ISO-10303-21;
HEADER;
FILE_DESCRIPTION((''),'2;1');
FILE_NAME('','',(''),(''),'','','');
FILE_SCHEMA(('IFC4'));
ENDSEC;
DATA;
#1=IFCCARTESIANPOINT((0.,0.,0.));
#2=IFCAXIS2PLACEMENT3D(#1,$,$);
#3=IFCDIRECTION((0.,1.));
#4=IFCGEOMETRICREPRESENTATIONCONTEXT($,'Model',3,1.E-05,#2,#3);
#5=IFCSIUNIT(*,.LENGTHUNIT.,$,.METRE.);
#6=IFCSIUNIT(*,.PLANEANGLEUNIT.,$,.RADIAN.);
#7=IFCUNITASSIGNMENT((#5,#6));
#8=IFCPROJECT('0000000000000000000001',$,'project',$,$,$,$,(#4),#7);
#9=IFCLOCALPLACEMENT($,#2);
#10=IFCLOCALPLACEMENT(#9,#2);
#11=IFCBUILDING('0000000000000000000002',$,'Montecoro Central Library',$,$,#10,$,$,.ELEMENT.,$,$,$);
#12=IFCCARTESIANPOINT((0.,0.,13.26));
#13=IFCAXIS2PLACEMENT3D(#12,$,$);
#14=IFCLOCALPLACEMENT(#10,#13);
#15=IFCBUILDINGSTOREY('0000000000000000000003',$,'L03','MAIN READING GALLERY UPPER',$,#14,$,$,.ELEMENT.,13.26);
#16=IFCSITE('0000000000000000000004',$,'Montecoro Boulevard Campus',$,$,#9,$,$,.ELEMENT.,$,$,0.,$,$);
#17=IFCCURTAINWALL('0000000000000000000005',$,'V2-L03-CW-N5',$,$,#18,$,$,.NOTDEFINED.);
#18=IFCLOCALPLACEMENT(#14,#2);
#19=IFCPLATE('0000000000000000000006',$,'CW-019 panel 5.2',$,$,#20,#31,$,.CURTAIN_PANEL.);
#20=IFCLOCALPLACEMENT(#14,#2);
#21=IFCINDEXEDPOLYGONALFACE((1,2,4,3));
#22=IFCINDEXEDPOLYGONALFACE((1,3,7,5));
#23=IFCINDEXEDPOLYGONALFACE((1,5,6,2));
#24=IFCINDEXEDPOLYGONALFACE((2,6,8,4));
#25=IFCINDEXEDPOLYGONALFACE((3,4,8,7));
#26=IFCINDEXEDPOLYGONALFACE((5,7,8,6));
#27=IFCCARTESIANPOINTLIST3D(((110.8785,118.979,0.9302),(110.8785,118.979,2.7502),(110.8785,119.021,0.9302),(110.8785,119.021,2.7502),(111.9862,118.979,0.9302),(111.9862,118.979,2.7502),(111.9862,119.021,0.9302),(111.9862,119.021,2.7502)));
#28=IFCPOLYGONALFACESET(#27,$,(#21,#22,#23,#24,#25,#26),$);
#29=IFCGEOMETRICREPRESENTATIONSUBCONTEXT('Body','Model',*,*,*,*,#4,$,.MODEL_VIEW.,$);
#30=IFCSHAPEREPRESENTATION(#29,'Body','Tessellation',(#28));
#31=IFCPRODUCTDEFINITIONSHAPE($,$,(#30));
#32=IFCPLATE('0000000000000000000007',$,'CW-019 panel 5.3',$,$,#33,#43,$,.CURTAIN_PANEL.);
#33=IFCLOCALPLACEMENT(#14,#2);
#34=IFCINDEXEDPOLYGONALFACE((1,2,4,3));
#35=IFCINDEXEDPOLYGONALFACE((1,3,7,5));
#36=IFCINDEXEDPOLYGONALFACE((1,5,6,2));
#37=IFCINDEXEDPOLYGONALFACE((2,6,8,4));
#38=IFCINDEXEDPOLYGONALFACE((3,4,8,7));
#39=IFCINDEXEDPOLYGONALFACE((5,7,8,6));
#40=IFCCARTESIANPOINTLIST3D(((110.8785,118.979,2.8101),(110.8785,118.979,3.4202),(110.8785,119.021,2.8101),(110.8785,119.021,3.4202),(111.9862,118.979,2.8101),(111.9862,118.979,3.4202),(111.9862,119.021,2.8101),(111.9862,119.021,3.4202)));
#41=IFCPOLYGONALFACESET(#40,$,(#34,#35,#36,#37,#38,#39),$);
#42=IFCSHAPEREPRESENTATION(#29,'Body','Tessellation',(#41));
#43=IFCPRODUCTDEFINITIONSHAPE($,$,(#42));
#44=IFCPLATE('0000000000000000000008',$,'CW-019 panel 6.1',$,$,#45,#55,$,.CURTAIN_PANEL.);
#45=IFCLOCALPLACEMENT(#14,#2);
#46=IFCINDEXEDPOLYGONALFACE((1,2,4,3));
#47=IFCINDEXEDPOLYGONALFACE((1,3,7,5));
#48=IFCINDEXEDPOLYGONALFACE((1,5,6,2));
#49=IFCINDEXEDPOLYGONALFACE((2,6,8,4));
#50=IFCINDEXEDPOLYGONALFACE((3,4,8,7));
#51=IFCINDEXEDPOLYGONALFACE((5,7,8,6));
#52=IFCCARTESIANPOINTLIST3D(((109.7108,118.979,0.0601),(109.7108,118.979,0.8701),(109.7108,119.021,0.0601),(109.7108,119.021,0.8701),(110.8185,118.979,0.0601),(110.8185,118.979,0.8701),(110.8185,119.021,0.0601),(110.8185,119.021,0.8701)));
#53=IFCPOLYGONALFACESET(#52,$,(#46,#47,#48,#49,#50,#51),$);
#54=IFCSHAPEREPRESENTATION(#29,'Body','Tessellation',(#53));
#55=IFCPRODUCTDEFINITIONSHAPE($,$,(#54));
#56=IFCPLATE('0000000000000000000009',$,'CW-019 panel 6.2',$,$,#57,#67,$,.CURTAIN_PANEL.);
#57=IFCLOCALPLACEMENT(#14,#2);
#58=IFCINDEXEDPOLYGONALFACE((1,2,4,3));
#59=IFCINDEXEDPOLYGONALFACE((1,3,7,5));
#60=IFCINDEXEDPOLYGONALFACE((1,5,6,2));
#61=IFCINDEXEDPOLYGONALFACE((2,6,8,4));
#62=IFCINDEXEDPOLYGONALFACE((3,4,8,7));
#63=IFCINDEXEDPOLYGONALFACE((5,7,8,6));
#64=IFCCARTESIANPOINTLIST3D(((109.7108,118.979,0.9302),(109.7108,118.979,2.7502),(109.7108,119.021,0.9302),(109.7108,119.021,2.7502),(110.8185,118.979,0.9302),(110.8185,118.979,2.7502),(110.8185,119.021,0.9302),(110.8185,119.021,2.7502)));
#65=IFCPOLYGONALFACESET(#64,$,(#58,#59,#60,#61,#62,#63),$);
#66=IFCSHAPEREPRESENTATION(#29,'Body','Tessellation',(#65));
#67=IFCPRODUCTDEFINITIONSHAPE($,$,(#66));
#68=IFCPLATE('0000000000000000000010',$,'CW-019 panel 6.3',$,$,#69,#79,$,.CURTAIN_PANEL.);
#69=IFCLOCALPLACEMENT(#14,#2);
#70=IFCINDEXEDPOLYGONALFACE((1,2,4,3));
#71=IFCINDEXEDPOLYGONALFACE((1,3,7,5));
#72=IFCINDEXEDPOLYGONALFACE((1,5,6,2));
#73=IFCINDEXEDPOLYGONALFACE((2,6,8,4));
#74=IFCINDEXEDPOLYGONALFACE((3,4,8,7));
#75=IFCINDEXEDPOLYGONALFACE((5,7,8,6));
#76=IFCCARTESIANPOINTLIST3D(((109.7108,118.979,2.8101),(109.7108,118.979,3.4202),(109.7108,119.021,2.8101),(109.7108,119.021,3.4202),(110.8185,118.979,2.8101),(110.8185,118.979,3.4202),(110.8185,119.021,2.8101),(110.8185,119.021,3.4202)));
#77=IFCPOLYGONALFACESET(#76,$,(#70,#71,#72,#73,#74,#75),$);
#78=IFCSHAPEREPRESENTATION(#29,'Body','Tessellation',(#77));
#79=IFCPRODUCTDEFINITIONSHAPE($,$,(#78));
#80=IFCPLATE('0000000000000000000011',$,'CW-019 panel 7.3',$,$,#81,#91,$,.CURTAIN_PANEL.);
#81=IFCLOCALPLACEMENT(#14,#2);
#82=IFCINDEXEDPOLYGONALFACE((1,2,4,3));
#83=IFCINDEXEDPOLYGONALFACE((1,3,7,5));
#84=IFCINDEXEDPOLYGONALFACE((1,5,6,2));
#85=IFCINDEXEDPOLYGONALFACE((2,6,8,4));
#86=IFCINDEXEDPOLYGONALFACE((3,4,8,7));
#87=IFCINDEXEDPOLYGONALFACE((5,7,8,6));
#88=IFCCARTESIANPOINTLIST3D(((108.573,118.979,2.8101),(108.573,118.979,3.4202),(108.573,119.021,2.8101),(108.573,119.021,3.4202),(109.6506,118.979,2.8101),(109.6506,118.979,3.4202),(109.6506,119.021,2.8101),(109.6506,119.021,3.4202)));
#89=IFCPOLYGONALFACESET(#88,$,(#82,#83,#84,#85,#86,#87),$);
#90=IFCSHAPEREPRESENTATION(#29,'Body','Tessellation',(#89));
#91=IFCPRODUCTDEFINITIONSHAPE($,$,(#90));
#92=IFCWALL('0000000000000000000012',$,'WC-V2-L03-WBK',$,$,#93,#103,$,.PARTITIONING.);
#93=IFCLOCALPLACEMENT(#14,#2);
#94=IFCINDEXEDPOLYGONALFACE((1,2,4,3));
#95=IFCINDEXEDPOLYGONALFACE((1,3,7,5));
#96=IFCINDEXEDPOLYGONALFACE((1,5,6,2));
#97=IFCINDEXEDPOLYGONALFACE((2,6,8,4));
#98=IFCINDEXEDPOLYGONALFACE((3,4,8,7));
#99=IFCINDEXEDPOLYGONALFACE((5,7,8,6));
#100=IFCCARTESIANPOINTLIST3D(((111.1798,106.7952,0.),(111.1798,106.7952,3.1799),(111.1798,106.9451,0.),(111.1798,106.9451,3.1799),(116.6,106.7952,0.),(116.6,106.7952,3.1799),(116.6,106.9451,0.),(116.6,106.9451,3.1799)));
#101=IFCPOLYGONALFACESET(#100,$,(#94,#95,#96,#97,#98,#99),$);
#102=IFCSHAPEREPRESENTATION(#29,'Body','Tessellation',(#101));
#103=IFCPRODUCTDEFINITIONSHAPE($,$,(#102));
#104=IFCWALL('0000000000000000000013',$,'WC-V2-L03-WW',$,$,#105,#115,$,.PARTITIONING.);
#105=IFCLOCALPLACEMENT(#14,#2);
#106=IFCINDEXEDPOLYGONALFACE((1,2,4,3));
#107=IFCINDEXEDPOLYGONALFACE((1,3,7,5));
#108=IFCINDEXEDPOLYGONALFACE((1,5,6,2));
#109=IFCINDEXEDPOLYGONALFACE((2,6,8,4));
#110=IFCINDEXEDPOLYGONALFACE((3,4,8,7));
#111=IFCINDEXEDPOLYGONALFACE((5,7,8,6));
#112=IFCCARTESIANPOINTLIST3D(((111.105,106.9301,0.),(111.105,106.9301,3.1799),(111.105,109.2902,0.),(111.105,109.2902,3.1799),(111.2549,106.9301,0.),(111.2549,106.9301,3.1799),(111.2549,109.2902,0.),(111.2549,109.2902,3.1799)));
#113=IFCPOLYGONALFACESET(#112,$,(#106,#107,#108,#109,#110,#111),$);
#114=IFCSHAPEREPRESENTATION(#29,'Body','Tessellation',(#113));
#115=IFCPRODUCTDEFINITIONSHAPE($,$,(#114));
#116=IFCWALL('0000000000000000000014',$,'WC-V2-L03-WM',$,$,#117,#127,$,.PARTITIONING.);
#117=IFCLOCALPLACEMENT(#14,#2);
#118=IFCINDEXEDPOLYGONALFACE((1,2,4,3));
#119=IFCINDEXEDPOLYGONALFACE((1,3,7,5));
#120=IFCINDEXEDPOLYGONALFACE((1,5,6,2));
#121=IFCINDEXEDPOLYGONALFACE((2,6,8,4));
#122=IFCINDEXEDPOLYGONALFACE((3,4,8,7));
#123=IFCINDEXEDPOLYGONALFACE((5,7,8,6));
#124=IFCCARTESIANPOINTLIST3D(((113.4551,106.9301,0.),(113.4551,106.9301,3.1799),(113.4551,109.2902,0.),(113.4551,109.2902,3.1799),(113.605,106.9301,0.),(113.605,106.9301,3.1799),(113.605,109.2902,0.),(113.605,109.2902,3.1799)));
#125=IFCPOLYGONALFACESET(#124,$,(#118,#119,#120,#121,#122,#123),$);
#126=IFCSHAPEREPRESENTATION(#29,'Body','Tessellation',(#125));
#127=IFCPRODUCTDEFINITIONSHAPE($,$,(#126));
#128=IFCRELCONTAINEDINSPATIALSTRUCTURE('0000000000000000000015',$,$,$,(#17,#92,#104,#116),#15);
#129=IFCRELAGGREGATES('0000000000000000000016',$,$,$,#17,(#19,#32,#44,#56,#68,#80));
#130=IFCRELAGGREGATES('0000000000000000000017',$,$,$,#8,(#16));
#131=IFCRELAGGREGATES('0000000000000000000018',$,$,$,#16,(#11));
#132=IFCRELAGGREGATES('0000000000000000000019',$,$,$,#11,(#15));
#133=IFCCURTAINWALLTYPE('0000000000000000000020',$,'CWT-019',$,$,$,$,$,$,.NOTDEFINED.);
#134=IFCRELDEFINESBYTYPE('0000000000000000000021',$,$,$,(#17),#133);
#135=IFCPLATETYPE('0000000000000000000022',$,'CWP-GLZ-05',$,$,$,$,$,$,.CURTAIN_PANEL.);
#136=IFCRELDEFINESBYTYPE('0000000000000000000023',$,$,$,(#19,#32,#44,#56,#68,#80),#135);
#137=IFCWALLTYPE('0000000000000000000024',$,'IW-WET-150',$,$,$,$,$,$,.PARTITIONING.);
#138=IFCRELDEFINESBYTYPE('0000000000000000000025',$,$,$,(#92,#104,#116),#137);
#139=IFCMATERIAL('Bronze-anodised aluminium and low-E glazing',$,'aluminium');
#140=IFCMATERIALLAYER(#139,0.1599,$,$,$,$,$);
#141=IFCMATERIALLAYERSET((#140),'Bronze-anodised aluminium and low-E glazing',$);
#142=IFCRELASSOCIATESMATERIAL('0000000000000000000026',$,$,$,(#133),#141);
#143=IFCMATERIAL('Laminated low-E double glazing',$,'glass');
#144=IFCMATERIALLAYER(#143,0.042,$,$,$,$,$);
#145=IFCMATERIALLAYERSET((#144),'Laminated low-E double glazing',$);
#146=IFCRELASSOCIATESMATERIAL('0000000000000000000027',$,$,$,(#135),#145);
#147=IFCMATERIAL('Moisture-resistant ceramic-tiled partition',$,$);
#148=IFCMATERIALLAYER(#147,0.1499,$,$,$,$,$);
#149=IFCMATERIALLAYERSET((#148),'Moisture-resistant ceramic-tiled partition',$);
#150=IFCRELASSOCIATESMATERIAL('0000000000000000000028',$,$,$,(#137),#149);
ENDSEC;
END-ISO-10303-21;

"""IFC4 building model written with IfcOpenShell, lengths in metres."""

from ifc_helpers import new_model, si_unit, direction, frame, frame_2d, origin, origin_2d, place, context, subcontext, project, spatial, rectangle, extrude, material, layer, layer_set, type_object, element, aggregate, save


model = new_model("IFC4")

# Units and contexts
model_context = context("Model", 3, precision=1e-05, world=origin(), true_north=direction((0.0, 1.0)))
body_context = subcontext(model_context, "Body", "Model", "MODEL_VIEW")
ifc_project = project(units=[si_unit("LENGTHUNIT", "METRE"), si_unit("PLANEANGLEUNIT", "RADIAN")], contexts=[model_context])

# Site, building, storey
site_placement = place(None, origin())
site = spatial("IfcSite", under=ifc_project, at=site_placement, Name="Montecoro Boulevard Campus", CompositionType="ELEMENT", RefElevation=0.0)
building_placement = place(site_placement, origin())
building = spatial("IfcBuilding", under=site, at=building_placement, Name="Montecoro Central Library", CompositionType="ELEMENT")
storey_placement = place(building_placement, frame((0.0, 0.0, 13.26)))
storey = spatial("IfcBuildingStorey", under=building, at=storey_placement, Name="L03", Description="MAIN READING GALLERY UPPER", CompositionType="ELEMENT", Elevation=13.26)

# Curtain wall, plates
ifc_material_1 = material(Name="Bronze-anodised aluminium and low-E glazing", Category="aluminium")
ifc_layer_1 = layer(ifc_material_1, 0.1599)
ifc_layer_set_1 = layer_set([ifc_layer_1], Name="Bronze-anodised aluminium and low-E glazing")
curtain_wall_type = type_object("IfcCurtainWallType", Name="CWT-019", PredefinedType="NOTDEFINED", material=ifc_layer_set_1)
curtain_wall_placement = place(storey_placement, origin())
curtain_wall = element("IfcCurtainWall", 1, at=curtain_wall_placement, inside=storey, type_object=curtain_wall_type, Name="V2-L03-CW-N5", PredefinedType="NOTDEFINED")
ifc_material_2 = material(Name="Laminated low-E double glazing", Category="glass")
ifc_layer_2 = layer(ifc_material_2, 0.042)
ifc_layer_set_2 = layer_set([ifc_layer_2], Name="Laminated low-E double glazing")
plate_type = type_object("IfcPlateType", Name="CWP-GLZ-05", PredefinedType="CURTAIN_PANEL", material=ifc_layer_set_2)
plate_1_placement = place(storey_placement, frame((111.4324, 119.0, 0.9302), z_axis=(0.0, 0.0, 1.0), x_axis=(-1.0, 0.0, 0.0)))
plate_1 = element("IfcPlate", 2, at=plate_1_placement, type_object=plate_type, Name="CW-019 panel 5.2", PredefinedType="CURTAIN_PANEL", context=body_context, shape_type="SweptSolid", body=[
    extrude(rectangle(XDim=1.1077, YDim=0.042, at=origin_2d()), origin(), (0.0, 0.0, 1.0), 1.8201),
])
plate_2_placement = place(storey_placement, frame((111.4324, 119.0, 2.8101), z_axis=(0.0, 0.0, 1.0), x_axis=(-1.0, 0.0, 0.0)))
plate_2 = element("IfcPlate", 3, at=plate_2_placement, type_object=plate_type, Name="CW-019 panel 5.3", PredefinedType="CURTAIN_PANEL", context=body_context, shape_type="SweptSolid", body=[
    extrude(rectangle(XDim=1.1077, YDim=0.042, at=origin_2d()), origin(), (0.0, 0.0, 1.0), 0.6101),
])
plate_3_placement = place(storey_placement, frame((110.2646, 119.0, 0.0601), z_axis=(0.0, 0.0, 1.0), x_axis=(-1.0, 0.0, 0.0)))
plate_3 = element("IfcPlate", 4, at=plate_3_placement, type_object=plate_type, Name="CW-019 panel 6.1", PredefinedType="CURTAIN_PANEL", context=body_context, shape_type="SweptSolid", body=[
    extrude(rectangle(XDim=1.1077, YDim=0.042, at=origin_2d()), origin(), (0.0, 0.0, 1.0), 0.8101),
])
plate_4_placement = place(storey_placement, frame((110.2646, 119.0, 0.9302), z_axis=(0.0, 0.0, 1.0), x_axis=(-1.0, 0.0, 0.0)))
plate_4 = element("IfcPlate", 5, at=plate_4_placement, type_object=plate_type, Name="CW-019 panel 6.2", PredefinedType="CURTAIN_PANEL", context=body_context, shape_type="SweptSolid", body=[
    extrude(rectangle(XDim=1.1077, YDim=0.042, at=origin_2d()), origin(), (0.0, 0.0, 1.0), 1.8201),
])
plate_5_placement = place(storey_placement, frame((110.2646, 119.0, 2.8101), z_axis=(0.0, 0.0, 1.0), x_axis=(-1.0, 0.0, 0.0)))
plate_5 = element("IfcPlate", 6, at=plate_5_placement, type_object=plate_type, Name="CW-019 panel 6.3", PredefinedType="CURTAIN_PANEL", context=body_context, shape_type="SweptSolid", body=[
    extrude(rectangle(XDim=1.1077, YDim=0.042, at=origin_2d()), origin(), (0.0, 0.0, 1.0), 0.6101),
])
plate_6_placement = place(storey_placement, frame((109.1118, 119.0, 2.8101), z_axis=(0.0, 0.0, 1.0), x_axis=(-1.0, 0.0, 0.0)))
plate_6 = element("IfcPlate", 7, at=plate_6_placement, type_object=plate_type, Name="CW-019 panel 7.3", PredefinedType="CURTAIN_PANEL", context=body_context, shape_type="SweptSolid", body=[
    extrude(rectangle(XDim=1.0776, YDim=0.042, at=origin_2d()), origin(), (0.0, 0.0, 1.0), 0.6101),
])
aggregate(curtain_wall, [plate_1, plate_2, plate_3, plate_4, plate_5, plate_6])

# Walls
ifc_material_3 = material(Name="Moisture-resistant ceramic-tiled partition")
ifc_layer_3 = layer(ifc_material_3, 0.1499)
ifc_layer_set_3 = layer_set([ifc_layer_3], Name="Moisture-resistant ceramic-tiled partition")
wall_type = type_object("IfcWallType", Name="IW-WET-150", PredefinedType="PARTITIONING", material=ifc_layer_set_3)
wall_1_placement = place(storey_placement, frame((111.1799, 106.8701, 0.0), z_axis=(0.0, 0.0, 1.0), x_axis=(1.0, 0.0, 0.0)))
element("IfcWall", 8, at=wall_1_placement, inside=storey, type_object=wall_type, Name="WC-V2-L03-WBK", PredefinedType="PARTITIONING", context=body_context, shape_type="SweptSolid", body=[
    extrude(rectangle(XDim=5.4202, YDim=0.1499, at=frame_2d((2.71, 0.0))), origin(), (0.0, 0.0, 1.0), 3.1799),
])
for number, where, z_axis, x_axis, name in (
    (9, (111.1799, 106.9299, 0.0), (0.0, 0.0, 1.0), (0.0, 1.0, 0.0), "WC-V2-L03-WW"),
    (10, (113.53, 106.9299, 0.0), (0.0, 0.0, 1.0), (0.0, 1.0, 0.0), "WC-V2-L03-WM"),
):
    element("IfcWall", number, at=place(storey_placement, frame(where, z_axis=z_axis, x_axis=x_axis)), inside=storey, type_object=wall_type, Name=name, PredefinedType="PARTITIONING", context=body_context, shape_type="SweptSolid", body=[
        extrude(rectangle(XDim=2.3601, YDim=0.1499, at=frame_2d((1.1802, 0.0))), origin(), (0.0, 0.0, 1.0), 3.1799),
    ])

save(model, "model.ifc")
